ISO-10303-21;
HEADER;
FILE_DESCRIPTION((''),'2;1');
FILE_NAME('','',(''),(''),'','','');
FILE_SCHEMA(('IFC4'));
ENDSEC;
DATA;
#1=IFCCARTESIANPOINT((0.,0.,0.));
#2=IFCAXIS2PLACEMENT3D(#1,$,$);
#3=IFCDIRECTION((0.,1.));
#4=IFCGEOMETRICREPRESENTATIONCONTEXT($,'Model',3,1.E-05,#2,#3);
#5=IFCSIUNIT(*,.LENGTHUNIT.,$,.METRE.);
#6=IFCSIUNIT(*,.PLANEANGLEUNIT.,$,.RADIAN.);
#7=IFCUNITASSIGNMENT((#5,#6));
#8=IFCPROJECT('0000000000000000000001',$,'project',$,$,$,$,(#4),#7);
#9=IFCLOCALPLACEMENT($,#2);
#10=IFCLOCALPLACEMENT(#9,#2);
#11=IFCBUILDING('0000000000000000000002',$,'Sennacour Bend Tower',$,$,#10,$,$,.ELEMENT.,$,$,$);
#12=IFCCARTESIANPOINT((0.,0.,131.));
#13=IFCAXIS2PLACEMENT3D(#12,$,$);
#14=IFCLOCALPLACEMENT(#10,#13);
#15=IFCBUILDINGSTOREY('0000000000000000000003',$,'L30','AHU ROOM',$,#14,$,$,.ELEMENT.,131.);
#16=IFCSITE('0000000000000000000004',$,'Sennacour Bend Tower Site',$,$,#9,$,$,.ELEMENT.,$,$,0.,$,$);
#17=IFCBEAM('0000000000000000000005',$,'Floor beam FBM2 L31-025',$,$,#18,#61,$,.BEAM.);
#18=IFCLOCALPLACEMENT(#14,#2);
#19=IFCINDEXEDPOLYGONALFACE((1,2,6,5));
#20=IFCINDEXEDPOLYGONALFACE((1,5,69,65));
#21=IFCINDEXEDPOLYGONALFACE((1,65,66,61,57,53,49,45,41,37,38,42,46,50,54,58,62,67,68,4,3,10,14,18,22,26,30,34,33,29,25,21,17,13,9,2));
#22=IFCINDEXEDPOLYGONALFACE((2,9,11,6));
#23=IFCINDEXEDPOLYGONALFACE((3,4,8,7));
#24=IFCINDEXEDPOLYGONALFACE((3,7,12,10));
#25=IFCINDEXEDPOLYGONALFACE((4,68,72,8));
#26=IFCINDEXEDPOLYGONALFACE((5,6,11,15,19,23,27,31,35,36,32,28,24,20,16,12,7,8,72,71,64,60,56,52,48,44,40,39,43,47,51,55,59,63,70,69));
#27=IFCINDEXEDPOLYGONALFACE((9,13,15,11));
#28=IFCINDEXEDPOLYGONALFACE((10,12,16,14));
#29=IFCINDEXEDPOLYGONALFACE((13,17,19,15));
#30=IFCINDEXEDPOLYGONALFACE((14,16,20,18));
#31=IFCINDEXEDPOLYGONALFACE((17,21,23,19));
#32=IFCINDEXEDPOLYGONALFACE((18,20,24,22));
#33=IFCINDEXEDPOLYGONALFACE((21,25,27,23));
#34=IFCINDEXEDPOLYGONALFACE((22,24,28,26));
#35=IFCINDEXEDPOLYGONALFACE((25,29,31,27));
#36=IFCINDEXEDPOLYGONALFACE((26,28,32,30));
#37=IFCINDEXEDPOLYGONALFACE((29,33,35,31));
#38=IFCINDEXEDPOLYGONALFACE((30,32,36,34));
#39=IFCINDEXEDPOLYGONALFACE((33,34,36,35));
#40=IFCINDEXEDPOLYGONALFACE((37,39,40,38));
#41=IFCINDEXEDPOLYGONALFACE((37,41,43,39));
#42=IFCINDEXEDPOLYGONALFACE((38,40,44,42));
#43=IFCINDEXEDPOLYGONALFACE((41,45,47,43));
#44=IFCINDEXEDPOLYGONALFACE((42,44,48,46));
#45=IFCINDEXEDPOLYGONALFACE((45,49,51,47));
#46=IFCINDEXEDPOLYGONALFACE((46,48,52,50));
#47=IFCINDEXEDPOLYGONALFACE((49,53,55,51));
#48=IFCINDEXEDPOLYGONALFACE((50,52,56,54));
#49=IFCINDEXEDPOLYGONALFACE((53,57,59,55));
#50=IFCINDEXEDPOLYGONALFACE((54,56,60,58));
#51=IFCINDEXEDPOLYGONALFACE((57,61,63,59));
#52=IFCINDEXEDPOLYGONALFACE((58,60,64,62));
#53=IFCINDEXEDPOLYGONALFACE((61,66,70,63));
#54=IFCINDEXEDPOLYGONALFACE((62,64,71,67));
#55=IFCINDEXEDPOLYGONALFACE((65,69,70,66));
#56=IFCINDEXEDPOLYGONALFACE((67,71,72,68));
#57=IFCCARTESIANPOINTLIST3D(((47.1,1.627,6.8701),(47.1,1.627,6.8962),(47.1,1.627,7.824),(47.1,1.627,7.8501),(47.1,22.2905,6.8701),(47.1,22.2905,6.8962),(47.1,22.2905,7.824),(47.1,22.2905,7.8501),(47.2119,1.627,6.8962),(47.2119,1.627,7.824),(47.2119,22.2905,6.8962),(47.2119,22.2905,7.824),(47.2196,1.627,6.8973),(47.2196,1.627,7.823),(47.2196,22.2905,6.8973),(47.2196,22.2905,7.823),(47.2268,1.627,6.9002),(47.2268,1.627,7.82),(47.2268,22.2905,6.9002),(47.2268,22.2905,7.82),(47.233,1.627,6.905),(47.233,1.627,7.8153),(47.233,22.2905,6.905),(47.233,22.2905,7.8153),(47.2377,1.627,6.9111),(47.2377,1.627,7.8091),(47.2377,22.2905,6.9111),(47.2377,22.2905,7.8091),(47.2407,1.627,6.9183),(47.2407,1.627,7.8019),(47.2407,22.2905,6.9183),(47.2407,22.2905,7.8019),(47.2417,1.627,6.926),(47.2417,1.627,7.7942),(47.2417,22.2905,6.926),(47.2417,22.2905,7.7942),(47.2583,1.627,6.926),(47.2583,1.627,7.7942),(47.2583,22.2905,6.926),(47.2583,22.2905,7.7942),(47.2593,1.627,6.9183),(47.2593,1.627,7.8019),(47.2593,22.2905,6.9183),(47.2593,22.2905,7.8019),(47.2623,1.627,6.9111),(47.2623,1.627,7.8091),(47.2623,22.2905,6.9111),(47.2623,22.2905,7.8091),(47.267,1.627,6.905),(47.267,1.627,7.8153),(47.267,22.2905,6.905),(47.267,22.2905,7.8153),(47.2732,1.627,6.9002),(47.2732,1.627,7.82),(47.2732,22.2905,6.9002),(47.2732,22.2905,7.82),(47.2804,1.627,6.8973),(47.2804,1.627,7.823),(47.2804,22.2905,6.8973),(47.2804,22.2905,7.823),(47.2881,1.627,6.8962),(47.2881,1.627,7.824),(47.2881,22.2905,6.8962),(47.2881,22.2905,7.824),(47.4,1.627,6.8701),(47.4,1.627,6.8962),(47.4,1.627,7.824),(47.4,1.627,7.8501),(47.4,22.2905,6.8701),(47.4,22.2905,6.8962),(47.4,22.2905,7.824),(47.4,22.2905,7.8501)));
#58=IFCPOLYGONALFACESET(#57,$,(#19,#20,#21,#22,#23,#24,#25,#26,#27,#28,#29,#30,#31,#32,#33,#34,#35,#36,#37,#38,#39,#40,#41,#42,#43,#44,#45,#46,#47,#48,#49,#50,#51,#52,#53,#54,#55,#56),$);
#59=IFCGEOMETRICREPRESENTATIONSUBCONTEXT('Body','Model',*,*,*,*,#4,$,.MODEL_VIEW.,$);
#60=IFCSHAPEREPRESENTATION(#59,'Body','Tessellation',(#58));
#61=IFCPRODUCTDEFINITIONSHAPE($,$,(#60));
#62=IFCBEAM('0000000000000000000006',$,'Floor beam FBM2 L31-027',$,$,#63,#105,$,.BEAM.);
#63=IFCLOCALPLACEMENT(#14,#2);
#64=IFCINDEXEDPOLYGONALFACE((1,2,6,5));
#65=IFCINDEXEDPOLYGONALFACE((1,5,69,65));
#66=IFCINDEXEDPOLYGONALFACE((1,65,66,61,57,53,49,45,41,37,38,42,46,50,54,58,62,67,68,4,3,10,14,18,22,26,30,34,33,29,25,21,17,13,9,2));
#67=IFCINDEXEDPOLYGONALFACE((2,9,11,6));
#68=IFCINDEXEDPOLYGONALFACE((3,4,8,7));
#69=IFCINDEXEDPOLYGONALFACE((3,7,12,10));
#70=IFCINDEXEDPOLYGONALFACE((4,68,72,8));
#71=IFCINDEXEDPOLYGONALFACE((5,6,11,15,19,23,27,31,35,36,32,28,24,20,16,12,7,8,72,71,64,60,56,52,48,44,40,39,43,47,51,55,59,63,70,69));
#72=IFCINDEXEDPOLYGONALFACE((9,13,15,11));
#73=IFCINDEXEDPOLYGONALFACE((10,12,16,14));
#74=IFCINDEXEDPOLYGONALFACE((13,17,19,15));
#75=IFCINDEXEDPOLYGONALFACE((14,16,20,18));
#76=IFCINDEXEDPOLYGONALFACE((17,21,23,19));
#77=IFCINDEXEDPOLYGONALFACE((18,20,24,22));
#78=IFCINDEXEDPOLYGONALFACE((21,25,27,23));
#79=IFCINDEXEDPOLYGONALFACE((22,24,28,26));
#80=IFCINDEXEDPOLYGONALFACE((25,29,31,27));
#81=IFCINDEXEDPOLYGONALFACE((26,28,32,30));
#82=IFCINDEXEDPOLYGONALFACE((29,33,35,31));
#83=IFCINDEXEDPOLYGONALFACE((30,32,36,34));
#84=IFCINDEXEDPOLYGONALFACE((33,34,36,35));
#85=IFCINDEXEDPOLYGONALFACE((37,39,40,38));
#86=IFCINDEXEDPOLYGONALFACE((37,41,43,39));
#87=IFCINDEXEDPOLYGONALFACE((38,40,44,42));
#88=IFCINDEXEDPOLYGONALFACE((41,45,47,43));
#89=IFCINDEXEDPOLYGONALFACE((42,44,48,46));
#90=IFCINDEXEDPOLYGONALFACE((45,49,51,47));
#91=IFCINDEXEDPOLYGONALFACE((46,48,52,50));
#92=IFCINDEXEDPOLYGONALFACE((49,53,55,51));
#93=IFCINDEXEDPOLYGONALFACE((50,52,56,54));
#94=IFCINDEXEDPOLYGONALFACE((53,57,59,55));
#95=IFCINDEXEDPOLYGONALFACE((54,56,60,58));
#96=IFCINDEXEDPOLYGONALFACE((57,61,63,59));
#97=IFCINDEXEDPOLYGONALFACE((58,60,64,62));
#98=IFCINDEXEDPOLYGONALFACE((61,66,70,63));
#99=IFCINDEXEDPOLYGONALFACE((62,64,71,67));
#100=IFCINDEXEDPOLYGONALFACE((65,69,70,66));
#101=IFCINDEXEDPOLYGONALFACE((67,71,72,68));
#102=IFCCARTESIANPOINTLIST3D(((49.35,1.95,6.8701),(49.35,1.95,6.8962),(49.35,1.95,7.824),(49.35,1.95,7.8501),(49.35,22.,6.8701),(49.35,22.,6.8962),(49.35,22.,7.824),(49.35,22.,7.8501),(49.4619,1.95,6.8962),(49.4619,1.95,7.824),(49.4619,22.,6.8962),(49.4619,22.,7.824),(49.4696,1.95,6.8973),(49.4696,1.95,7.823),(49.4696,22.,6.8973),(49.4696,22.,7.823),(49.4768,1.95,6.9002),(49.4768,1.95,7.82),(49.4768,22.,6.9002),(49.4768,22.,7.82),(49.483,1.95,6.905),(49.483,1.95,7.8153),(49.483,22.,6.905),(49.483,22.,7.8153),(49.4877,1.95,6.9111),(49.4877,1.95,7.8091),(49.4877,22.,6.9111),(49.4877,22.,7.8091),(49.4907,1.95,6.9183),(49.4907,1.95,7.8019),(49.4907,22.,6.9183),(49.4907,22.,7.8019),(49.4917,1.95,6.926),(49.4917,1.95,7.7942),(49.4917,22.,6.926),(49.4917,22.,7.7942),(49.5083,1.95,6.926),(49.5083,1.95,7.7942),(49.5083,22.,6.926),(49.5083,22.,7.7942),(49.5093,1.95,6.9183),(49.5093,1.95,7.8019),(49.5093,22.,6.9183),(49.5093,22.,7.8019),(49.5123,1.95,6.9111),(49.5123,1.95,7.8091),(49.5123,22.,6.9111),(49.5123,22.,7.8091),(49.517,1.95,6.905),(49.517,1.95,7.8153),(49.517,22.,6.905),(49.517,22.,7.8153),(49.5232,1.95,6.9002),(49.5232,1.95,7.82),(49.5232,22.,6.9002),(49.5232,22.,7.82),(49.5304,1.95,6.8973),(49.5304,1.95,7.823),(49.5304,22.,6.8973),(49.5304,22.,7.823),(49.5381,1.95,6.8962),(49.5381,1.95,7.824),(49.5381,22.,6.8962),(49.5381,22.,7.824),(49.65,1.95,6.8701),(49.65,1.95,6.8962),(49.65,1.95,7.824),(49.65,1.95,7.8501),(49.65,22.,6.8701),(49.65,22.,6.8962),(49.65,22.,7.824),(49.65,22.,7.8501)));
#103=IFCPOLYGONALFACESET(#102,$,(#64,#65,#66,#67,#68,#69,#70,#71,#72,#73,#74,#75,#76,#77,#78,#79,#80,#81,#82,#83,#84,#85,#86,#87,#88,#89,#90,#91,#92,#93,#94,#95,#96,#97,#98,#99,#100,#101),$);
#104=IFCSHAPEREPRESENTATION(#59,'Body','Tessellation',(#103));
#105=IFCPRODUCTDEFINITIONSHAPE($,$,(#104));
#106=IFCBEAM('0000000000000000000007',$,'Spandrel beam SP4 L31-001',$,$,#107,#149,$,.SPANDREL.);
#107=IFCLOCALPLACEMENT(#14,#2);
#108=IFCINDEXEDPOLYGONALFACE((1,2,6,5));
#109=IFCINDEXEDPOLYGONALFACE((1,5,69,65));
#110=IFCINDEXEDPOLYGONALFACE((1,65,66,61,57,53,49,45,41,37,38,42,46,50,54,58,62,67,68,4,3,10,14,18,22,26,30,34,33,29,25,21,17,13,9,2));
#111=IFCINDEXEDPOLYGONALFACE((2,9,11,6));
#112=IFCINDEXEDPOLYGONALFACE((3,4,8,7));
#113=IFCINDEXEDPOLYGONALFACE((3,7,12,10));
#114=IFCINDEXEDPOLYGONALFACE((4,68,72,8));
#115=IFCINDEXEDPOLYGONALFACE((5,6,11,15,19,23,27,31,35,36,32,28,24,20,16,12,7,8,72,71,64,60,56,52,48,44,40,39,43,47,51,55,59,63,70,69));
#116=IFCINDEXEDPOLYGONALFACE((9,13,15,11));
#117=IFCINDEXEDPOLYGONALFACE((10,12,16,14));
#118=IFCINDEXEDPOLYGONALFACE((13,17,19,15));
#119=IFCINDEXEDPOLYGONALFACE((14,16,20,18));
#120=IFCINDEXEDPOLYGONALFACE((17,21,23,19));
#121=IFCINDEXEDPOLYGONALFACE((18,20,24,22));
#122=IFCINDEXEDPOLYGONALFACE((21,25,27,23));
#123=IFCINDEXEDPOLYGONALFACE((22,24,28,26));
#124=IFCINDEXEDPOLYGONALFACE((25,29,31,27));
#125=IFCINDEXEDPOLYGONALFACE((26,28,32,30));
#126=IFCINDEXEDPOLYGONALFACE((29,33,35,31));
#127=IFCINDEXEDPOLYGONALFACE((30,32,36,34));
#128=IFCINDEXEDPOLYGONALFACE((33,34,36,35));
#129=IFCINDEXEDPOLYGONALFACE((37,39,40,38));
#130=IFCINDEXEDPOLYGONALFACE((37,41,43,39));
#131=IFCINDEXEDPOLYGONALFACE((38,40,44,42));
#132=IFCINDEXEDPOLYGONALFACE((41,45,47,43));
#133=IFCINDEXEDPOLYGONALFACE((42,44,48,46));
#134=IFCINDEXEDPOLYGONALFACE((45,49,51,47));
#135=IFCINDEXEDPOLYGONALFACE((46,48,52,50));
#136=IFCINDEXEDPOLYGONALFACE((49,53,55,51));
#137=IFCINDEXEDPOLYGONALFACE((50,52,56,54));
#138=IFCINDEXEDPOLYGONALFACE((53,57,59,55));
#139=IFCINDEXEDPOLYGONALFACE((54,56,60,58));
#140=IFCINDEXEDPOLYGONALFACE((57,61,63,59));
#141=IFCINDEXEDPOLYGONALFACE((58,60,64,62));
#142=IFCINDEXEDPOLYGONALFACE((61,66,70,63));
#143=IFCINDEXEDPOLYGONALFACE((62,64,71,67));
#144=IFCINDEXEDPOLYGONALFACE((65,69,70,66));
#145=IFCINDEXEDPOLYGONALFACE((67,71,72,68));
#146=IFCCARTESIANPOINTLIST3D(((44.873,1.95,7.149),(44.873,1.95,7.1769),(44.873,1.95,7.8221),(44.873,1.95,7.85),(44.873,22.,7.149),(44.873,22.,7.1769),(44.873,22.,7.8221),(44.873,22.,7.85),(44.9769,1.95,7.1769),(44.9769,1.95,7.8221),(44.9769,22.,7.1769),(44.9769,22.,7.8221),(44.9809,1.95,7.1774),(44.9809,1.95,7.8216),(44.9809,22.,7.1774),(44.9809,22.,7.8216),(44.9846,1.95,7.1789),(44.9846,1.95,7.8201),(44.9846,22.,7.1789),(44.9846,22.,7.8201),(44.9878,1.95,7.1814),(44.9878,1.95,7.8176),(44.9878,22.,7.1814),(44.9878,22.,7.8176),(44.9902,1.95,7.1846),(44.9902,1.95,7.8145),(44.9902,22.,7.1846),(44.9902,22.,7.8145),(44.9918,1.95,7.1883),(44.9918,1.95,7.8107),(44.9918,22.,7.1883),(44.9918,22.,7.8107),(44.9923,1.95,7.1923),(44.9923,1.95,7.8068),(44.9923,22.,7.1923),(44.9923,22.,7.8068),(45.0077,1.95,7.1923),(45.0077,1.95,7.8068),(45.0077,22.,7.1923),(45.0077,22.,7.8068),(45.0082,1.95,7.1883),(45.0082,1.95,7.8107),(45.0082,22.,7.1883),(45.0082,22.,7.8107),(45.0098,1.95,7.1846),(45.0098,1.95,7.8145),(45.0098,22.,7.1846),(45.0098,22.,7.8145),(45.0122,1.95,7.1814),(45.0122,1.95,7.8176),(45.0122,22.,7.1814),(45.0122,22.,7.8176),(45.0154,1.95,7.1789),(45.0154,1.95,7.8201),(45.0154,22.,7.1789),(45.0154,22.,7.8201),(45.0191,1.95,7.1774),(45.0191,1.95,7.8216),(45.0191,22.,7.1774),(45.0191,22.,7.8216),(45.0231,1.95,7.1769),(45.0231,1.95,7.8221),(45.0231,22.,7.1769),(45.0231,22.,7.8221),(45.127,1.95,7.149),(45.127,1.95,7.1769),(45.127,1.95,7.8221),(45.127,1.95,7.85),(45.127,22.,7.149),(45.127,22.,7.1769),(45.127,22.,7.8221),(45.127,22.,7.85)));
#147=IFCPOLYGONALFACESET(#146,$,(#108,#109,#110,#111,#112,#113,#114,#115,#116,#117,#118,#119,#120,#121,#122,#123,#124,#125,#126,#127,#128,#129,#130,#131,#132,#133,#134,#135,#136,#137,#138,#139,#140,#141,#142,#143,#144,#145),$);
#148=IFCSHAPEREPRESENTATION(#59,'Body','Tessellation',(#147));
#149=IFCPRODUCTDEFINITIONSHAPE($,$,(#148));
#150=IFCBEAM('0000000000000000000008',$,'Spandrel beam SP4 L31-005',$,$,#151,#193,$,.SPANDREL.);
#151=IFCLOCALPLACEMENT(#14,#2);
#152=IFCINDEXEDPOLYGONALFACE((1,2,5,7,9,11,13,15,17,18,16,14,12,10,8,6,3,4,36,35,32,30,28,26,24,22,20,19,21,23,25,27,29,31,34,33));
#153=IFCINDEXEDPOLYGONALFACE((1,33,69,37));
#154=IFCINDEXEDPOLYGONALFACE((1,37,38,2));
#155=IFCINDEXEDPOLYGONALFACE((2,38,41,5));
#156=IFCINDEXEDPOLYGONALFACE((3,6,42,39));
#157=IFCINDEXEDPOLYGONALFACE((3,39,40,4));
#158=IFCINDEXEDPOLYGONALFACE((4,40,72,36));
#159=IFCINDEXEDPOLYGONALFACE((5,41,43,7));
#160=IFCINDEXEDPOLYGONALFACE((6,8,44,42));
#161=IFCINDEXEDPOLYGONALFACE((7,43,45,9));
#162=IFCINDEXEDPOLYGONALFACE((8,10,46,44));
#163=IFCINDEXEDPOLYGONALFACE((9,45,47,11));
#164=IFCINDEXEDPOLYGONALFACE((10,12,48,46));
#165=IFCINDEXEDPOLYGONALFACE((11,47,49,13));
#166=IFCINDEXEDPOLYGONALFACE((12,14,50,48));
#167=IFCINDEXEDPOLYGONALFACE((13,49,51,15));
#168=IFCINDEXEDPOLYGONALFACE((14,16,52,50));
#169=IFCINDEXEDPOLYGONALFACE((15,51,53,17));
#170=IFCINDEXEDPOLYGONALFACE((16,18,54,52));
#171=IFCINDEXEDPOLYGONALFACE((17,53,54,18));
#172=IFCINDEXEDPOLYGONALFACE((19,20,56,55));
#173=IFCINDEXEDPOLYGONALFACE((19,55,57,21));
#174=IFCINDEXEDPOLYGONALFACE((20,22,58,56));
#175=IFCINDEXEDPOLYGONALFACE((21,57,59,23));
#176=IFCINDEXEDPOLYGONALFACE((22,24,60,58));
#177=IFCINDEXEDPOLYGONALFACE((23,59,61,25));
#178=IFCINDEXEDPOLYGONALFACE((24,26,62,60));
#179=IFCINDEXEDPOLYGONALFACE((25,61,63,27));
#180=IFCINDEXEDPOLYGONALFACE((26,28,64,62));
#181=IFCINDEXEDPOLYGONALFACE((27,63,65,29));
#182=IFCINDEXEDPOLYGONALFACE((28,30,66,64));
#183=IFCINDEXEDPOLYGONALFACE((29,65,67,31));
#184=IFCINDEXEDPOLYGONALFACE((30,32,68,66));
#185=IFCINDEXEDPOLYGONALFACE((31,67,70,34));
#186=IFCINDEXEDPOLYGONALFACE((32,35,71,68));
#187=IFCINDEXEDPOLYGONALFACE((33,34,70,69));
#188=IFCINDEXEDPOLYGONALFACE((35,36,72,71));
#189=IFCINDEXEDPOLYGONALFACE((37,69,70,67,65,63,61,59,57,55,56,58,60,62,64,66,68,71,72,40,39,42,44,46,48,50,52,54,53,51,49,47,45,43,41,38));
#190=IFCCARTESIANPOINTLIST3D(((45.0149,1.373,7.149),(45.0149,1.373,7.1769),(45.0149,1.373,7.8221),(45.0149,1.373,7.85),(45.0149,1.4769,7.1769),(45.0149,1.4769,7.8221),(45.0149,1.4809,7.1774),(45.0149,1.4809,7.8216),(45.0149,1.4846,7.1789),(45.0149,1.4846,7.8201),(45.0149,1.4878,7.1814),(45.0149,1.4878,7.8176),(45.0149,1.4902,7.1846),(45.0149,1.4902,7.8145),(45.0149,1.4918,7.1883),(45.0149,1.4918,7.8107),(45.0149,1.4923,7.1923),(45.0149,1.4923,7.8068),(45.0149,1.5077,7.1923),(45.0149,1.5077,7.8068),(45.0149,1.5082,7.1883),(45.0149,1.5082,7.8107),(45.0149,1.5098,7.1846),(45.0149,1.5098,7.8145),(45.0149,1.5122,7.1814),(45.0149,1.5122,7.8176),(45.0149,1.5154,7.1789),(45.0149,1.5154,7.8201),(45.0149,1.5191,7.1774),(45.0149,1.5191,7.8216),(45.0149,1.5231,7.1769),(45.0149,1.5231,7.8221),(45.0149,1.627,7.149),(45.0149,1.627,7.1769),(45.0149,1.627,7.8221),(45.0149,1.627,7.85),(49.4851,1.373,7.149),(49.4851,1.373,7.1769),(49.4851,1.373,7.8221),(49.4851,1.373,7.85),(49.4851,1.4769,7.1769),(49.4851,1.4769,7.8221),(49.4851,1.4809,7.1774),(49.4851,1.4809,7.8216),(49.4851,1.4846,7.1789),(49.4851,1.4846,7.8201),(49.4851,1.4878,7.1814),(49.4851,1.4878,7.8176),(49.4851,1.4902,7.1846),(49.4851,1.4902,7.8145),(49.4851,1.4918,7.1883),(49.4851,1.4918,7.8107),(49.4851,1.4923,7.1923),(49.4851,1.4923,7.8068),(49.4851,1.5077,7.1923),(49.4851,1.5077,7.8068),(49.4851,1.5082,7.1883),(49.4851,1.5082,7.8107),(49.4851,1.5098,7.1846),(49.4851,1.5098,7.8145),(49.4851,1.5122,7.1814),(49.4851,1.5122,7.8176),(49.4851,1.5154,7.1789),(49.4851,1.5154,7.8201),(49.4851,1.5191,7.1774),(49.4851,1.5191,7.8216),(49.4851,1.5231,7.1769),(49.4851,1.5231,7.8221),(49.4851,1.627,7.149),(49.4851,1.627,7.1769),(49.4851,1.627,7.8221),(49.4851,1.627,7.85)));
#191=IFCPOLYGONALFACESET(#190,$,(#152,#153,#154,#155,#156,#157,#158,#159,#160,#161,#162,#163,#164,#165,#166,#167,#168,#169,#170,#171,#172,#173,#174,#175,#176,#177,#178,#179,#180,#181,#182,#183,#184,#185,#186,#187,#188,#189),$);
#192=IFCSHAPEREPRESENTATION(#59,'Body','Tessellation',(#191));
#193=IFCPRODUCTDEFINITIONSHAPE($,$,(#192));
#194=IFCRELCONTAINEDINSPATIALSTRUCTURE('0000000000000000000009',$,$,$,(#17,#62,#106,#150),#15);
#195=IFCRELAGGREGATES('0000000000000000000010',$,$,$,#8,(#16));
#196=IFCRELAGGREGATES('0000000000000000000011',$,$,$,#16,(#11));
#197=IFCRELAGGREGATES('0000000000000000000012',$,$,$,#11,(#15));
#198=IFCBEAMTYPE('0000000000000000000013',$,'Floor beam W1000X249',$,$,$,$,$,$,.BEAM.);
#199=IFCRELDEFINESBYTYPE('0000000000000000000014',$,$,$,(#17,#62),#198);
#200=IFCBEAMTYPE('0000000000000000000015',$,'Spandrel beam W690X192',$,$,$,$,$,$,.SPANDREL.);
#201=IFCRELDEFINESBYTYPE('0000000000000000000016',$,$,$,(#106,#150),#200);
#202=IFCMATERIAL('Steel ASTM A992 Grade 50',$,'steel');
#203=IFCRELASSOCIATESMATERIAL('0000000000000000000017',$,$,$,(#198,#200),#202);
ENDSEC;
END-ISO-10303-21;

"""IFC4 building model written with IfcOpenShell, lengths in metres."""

from ifc_helpers import new_model, si_unit, direction, frame, origin, origin_2d, place, context, subcontext, project, spatial, i_section, extrude, material, material_profile, profile_set, type_object, element, save


model = new_model("IFC4")

# Units and contexts
model_context = context("Model", 3, precision=1e-05, world=origin(), true_north=direction((0.0, 1.0)))
body_context = subcontext(model_context, "Body", "Model", "MODEL_VIEW")
ifc_project = project(units=[si_unit("LENGTHUNIT", "METRE"), si_unit("PLANEANGLEUNIT", "RADIAN")], contexts=[model_context])

# Site, building, storey
site_placement = place(None, origin())
site = spatial("IfcSite", under=ifc_project, at=site_placement, Name="Sennacour Bend Tower Site", CompositionType="ELEMENT", RefElevation=0.0)
building_placement = place(site_placement, origin())
building = spatial("IfcBuilding", under=site, at=building_placement, Name="Sennacour Bend Tower", CompositionType="ELEMENT")
storey_placement = place(building_placement, frame((0.0, 0.0, 131.0)))
storey = spatial("IfcBuildingStorey", under=building, at=storey_placement, Name="L30", Description="AHU ROOM", CompositionType="ELEMENT", Elevation=131.0)

# Shared definitions
ifc_material_1 = material(Name="Steel ASTM A992 Grade 50", Category="steel")

# Beams
ifc_material_profile_1 = material_profile(ifc_material_1, i_section(OverallWidth=0.3, OverallDepth=0.98, WebThickness=0.0166, FlangeThickness=0.0261, FilletRadius=0.0298, at=origin_2d()), Name="Steel ASTM A992 Grade 50", Category="steel")
ifc_profile_set_1 = profile_set([ifc_material_profile_1], Name="Steel ASTM A992 Grade 50")
beam_type_1 = type_object("IfcBeamType", Name="Floor beam W1000X249", PredefinedType="BEAM", material=ifc_profile_set_1)
beam_1_placement = place(storey_placement, frame((47.25, 1.627, 7.3601), z_axis=(0.0, 1.0, 0.0), x_axis=(-1.0, 0.0, 0.0)))
element("IfcBeam", 1, at=beam_1_placement, inside=storey, type_object=beam_type_1, Name="Floor beam FBM2 L31-025", PredefinedType="BEAM", context=body_context, shape_type="SweptSolid", body=[
    extrude(i_section(OverallWidth=0.3, OverallDepth=0.98, WebThickness=0.0166, FlangeThickness=0.0261, FilletRadius=0.0298, at=origin_2d()), origin(), (0.0, 0.0, 1.0), 20.6636),
])
beam_2_placement = place(storey_placement, frame((49.5, 1.95, 7.3601), z_axis=(0.0, 1.0, 0.0), x_axis=(-1.0, 0.0, 0.0)))
element("IfcBeam", 2, at=beam_2_placement, inside=storey, type_object=beam_type_1, Name="Floor beam FBM2 L31-027", PredefinedType="BEAM", context=body_context, shape_type="SweptSolid", body=[
    extrude(i_section(OverallWidth=0.3, OverallDepth=0.98, WebThickness=0.0166, FlangeThickness=0.0261, FilletRadius=0.0298, at=origin_2d()), origin(), (0.0, 0.0, 1.0), 20.05),
])
ifc_material_profile_2 = material_profile(ifc_material_1, i_section(OverallWidth=0.2539, OverallDepth=0.7009, WebThickness=0.0154, FlangeThickness=0.0278, FilletRadius=0.0154, at=origin_2d()), Name="Steel ASTM A992 Grade 50", Category="steel")
ifc_profile_set_2 = profile_set([ifc_material_profile_2], Name="Steel ASTM A992 Grade 50")
beam_type_2 = type_object("IfcBeamType", Name="Spandrel beam W690X192", PredefinedType="SPANDREL", material=ifc_profile_set_2)
beam_3_placement = place(storey_placement, frame((45.0, 1.95, 7.4995), z_axis=(0.0, 1.0, 0.0), x_axis=(-1.0, 0.0, 0.0)))
element("IfcBeam", 3, at=beam_3_placement, inside=storey, type_object=beam_type_2, Name="Spandrel beam SP4 L31-001", PredefinedType="SPANDREL", context=body_context, shape_type="SweptSolid", body=[
    extrude(i_section(OverallWidth=0.2539, OverallDepth=0.7009, WebThickness=0.0154, FlangeThickness=0.0278, FilletRadius=0.0154, at=origin_2d()), origin(), (0.0, 0.0, 1.0), 20.05),
])
beam_4_placement = place(storey_placement, frame((49.4851, 1.5, 7.4995), z_axis=(-1.0, 0.0, 0.0), x_axis=(0.0, -1.0, 0.0)))
element("IfcBeam", 4, at=beam_4_placement, inside=storey, type_object=beam_type_2, Name="Spandrel beam SP4 L31-005", PredefinedType="SPANDREL", context=body_context, shape_type="SweptSolid", body=[
    extrude(i_section(OverallWidth=0.2539, OverallDepth=0.7009, WebThickness=0.0154, FlangeThickness=0.0278, FilletRadius=0.0154, at=origin_2d()), origin(), (0.0, 0.0, 1.0), 4.4702),
])

save(model, "model.ifc")
